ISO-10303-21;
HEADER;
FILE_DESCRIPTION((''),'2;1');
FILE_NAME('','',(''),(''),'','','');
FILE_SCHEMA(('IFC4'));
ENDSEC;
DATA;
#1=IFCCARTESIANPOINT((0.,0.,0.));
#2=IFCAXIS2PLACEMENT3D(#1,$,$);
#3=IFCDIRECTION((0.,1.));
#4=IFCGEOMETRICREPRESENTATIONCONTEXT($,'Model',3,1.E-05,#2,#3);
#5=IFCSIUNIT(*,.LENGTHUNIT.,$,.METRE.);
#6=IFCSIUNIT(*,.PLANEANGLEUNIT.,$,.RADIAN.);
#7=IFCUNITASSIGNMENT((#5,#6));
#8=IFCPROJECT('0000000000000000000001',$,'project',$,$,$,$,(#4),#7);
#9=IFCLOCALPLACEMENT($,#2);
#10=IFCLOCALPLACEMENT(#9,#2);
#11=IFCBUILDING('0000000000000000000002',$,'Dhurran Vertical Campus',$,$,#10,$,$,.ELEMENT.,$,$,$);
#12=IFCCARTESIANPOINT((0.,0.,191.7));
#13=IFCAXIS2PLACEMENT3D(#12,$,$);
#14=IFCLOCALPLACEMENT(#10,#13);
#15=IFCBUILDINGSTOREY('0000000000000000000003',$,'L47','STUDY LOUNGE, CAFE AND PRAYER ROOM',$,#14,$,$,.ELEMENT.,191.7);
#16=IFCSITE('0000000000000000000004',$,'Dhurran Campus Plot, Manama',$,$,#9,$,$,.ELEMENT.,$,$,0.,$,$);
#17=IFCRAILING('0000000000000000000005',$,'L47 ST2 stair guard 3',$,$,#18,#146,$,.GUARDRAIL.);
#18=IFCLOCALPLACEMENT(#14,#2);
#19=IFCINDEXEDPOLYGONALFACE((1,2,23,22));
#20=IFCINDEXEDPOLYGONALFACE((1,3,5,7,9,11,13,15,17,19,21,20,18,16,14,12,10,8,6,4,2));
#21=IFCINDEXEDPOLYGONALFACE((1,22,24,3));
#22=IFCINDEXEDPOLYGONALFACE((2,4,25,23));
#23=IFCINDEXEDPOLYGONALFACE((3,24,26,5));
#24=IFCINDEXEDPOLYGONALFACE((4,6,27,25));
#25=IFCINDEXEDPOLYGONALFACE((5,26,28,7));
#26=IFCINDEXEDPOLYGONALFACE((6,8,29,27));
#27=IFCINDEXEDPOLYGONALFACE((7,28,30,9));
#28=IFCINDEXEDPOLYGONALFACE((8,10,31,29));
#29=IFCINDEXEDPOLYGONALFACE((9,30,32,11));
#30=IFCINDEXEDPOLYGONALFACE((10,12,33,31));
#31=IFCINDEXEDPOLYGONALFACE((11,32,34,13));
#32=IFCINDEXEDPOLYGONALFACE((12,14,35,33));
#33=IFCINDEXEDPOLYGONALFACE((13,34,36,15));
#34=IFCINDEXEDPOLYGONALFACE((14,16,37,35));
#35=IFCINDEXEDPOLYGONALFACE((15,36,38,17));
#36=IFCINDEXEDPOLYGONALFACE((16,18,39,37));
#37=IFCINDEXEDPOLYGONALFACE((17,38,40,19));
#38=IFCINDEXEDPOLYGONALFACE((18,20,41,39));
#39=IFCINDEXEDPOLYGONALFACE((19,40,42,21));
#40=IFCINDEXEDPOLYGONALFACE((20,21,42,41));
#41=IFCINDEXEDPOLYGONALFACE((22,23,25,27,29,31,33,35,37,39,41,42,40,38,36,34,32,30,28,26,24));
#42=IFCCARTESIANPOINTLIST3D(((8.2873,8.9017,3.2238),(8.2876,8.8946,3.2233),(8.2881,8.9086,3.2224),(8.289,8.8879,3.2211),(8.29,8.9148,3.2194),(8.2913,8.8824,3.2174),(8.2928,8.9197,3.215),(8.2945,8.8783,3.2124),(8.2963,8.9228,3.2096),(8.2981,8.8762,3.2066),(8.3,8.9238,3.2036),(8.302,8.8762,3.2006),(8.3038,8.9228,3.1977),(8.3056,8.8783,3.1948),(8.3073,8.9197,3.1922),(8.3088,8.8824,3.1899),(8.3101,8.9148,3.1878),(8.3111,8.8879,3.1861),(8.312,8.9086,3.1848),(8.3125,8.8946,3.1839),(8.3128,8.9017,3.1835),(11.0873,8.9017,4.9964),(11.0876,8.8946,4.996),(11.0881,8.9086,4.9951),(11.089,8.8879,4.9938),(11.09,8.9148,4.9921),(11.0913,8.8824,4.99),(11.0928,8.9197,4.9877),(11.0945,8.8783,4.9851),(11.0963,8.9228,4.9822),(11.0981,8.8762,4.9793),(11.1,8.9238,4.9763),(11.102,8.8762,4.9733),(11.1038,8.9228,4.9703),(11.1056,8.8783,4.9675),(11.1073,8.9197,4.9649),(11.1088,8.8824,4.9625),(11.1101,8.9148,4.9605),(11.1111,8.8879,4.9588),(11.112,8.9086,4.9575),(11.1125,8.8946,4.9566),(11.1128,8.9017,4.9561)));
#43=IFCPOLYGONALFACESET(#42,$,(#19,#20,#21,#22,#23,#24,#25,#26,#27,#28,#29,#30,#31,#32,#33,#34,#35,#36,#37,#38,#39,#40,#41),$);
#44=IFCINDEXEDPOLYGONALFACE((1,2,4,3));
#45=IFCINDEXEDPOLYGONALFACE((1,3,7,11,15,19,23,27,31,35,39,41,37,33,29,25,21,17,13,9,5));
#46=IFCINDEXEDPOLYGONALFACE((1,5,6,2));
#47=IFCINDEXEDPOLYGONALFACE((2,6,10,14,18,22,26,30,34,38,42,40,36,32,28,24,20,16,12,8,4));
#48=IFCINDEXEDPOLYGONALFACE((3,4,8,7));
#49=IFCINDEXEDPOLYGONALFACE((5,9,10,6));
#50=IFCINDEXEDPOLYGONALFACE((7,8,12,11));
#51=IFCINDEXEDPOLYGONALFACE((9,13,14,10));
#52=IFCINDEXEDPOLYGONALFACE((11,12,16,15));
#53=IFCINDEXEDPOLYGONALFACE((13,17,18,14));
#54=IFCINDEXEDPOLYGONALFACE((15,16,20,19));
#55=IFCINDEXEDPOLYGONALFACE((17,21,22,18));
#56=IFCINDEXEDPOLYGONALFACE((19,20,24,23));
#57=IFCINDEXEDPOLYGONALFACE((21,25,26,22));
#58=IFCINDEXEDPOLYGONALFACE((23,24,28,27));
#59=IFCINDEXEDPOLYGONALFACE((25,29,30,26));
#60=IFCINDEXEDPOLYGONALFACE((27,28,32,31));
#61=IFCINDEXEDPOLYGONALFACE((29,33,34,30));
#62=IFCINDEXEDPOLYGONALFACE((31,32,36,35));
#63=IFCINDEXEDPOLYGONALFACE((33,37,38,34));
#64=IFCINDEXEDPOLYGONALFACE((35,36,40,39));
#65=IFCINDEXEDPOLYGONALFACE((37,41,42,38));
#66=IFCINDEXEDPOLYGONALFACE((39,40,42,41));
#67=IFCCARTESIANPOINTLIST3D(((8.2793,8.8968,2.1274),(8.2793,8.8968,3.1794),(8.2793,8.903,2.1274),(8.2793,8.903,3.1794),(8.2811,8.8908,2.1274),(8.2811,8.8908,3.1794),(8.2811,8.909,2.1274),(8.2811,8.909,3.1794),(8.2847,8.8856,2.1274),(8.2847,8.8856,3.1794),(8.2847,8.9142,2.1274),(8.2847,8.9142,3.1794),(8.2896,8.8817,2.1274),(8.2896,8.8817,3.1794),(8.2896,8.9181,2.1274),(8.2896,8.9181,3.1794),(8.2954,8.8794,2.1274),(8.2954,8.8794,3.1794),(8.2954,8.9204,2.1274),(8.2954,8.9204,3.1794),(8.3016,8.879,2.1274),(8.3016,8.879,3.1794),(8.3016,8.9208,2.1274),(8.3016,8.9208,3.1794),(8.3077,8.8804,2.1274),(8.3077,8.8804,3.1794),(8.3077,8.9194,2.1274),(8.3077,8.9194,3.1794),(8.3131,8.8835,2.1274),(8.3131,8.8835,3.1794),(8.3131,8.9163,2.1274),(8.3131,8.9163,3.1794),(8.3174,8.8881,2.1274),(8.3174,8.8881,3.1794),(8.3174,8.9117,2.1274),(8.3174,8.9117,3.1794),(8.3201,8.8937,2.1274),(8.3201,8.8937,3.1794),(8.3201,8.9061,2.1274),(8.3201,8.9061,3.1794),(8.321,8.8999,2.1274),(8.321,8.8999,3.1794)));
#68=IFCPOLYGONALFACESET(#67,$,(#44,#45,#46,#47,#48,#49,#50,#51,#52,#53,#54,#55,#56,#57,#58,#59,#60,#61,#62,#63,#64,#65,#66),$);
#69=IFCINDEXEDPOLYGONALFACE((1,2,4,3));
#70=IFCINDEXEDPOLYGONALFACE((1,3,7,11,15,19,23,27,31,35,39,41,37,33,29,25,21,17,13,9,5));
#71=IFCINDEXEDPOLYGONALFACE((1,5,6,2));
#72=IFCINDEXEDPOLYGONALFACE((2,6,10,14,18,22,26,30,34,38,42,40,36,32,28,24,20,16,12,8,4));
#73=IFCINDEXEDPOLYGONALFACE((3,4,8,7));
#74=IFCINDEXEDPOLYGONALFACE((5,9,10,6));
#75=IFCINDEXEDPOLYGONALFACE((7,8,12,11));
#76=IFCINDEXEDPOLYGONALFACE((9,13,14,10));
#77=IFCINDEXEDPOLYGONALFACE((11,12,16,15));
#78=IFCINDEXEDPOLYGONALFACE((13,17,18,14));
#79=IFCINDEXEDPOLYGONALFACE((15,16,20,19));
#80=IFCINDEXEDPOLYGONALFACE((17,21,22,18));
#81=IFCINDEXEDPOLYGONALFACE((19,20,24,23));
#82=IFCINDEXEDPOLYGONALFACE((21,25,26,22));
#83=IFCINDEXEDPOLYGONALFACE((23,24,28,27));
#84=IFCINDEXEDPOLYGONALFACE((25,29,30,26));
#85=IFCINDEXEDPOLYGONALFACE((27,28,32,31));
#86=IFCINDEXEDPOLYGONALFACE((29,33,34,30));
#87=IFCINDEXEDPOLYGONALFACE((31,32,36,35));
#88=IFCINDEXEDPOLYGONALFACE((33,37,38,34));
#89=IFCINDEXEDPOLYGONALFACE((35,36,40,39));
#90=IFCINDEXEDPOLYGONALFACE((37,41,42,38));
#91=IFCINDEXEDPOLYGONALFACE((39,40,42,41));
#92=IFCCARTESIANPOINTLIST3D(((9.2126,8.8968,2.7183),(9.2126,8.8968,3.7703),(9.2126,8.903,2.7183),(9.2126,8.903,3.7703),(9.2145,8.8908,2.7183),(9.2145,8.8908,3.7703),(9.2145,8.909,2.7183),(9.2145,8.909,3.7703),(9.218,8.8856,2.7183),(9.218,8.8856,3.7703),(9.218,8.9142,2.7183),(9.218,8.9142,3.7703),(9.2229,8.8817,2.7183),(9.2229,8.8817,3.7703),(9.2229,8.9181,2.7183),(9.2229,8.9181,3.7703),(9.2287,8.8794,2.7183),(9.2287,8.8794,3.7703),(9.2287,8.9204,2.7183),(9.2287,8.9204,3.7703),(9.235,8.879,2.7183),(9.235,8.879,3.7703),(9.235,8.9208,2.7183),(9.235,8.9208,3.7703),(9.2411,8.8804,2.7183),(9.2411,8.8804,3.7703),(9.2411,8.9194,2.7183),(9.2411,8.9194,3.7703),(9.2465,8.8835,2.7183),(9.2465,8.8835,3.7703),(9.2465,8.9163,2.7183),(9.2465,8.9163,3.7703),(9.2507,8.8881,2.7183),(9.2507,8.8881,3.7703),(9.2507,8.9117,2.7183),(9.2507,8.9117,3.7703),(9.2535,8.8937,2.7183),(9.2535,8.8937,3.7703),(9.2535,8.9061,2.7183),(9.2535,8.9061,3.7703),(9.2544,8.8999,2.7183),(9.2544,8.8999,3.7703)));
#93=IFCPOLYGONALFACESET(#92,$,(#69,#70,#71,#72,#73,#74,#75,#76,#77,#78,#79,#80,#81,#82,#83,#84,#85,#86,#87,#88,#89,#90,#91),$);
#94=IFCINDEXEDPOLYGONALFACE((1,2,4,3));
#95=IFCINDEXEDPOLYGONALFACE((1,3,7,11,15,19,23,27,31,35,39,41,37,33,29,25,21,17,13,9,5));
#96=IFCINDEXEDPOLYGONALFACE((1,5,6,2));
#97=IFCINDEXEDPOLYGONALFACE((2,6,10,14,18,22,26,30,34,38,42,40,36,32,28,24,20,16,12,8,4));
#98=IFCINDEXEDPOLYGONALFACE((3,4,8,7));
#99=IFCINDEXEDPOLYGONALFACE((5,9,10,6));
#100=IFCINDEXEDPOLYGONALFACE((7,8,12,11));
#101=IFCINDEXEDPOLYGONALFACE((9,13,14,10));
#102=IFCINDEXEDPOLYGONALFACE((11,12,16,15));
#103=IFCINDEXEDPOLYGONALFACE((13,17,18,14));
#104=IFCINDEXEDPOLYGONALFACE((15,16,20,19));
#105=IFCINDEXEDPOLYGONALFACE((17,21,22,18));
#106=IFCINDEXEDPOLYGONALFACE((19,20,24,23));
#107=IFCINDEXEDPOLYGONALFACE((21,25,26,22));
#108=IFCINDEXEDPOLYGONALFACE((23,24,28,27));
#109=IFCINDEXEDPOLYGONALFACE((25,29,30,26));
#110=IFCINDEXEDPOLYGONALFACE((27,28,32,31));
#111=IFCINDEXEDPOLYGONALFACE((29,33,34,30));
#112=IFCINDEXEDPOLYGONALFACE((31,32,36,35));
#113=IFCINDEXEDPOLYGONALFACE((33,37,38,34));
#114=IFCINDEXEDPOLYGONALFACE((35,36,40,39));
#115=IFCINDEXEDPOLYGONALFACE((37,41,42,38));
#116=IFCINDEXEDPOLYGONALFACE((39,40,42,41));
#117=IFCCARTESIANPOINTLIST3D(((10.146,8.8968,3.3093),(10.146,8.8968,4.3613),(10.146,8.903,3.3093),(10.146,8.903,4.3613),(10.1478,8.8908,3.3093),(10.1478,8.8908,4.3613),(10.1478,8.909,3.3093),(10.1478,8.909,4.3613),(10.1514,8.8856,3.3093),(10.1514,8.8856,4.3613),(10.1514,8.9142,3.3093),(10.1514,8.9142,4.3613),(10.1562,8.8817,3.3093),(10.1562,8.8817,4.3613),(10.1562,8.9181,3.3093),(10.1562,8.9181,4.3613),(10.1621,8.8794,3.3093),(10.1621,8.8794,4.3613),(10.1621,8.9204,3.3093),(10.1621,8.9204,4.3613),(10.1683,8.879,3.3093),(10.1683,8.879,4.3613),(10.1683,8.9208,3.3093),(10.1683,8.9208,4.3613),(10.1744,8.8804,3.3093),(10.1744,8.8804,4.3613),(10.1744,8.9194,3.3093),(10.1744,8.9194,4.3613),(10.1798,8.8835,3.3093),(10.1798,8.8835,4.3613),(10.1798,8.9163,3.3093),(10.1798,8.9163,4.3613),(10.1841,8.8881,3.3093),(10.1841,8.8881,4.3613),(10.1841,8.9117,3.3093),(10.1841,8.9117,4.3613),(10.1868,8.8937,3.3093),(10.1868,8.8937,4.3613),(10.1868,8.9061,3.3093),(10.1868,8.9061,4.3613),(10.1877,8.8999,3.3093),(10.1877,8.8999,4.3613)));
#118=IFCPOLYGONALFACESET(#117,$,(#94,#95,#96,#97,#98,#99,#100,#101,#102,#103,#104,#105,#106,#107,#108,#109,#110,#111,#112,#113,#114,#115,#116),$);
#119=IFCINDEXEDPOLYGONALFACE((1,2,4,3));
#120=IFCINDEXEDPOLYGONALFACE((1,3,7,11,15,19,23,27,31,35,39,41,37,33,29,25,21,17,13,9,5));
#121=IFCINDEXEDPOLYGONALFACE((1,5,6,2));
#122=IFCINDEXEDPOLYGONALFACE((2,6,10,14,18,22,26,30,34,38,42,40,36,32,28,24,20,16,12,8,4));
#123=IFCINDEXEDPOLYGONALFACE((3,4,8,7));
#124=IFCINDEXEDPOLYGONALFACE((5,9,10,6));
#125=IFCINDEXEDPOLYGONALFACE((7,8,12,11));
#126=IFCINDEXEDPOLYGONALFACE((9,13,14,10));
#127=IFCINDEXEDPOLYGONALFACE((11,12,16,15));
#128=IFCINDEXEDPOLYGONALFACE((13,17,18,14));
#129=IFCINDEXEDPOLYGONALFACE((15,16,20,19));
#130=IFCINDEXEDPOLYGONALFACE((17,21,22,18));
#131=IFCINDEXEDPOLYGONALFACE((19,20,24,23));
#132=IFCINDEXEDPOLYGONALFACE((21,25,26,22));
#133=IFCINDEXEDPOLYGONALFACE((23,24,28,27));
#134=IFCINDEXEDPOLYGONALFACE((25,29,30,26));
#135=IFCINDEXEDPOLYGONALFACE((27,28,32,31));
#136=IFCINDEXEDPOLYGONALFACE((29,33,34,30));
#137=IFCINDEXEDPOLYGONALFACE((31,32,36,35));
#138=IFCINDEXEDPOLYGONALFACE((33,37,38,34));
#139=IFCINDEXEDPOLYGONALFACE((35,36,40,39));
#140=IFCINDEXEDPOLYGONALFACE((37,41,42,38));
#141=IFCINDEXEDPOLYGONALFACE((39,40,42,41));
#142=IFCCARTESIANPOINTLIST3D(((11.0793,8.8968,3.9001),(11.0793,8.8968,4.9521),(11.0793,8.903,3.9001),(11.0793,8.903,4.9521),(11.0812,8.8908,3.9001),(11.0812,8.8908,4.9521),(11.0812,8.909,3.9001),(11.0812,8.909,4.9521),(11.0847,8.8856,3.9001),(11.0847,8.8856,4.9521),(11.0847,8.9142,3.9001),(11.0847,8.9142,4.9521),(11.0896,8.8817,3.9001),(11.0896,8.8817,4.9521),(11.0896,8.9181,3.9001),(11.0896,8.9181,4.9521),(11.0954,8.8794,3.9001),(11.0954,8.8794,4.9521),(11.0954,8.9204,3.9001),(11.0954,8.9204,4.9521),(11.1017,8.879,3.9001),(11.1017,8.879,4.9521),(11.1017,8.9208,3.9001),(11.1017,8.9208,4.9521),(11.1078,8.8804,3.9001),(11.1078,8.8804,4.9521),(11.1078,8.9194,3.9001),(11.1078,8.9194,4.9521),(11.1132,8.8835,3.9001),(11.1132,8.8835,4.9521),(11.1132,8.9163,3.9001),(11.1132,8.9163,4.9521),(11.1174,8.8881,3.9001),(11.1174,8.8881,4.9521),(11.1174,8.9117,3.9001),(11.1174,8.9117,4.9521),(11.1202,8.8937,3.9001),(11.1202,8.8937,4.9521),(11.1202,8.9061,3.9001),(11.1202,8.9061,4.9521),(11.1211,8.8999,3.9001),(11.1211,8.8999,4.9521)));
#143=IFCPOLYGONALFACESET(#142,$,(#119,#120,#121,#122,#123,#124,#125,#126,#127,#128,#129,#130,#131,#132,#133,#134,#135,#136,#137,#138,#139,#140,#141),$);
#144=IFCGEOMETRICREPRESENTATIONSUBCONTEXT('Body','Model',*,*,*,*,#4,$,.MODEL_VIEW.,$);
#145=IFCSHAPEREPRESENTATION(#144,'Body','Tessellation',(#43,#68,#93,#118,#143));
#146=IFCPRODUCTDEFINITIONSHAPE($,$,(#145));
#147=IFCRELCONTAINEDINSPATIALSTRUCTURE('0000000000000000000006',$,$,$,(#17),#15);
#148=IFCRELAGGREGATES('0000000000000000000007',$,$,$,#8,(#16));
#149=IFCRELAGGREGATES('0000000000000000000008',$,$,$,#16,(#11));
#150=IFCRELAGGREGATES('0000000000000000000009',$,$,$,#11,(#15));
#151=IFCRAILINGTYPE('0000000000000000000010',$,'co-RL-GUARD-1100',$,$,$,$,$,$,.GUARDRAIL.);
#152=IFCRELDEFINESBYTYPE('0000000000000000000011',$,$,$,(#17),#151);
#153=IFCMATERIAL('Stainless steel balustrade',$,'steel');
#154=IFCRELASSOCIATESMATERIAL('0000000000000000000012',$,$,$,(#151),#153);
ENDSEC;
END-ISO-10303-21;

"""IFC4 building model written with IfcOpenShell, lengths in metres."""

from ifc_helpers import new_model, si_unit, direction, frame, origin, origin_2d, place, context, subcontext, project, spatial, circle, extrude, material, type_object, element, save


model = new_model("IFC4")

# Units and contexts
model_context = context("Model", 3, precision=1e-05, world=origin(), true_north=direction((0.0, 1.0)))
body_context = subcontext(model_context, "Body", "Model", "MODEL_VIEW")
ifc_project = project(units=[si_unit("LENGTHUNIT", "METRE"), si_unit("PLANEANGLEUNIT", "RADIAN")], contexts=[model_context])

# Site, building, storey
site_placement = place(None, origin())
site = spatial("IfcSite", under=ifc_project, at=site_placement, Name="Dhurran Campus Plot, Manama", CompositionType="ELEMENT", RefElevation=0.0)
building_placement = place(site_placement, origin())
building = spatial("IfcBuilding", under=site, at=building_placement, Name="Dhurran Vertical Campus", CompositionType="ELEMENT")
storey_placement = place(building_placement, frame((0.0, 0.0, 191.7)))
storey = spatial("IfcBuildingStorey", under=building, at=storey_placement, Name="L47", Description="STUDY LOUNGE, CAFE AND PRAYER ROOM", CompositionType="ELEMENT", Elevation=191.7)

# Railing
ifc_material_1 = material(Name="Stainless steel balustrade", Category="steel")
railing_type_1 = type_object("IfcRailingType", Name="co-RL-GUARD-1100", PredefinedType="GUARDRAIL", material=ifc_material_1)
railing_1_placement = place(storey_placement, frame((8.3, 8.8999, 2.1274)))
element("IfcRailing", 1, at=railing_1_placement, inside=storey, type_object=railing_type_1, Name="L47 ST2 stair guard 3", PredefinedType="GUARDRAIL", context=body_context, shape_type="SweptSolid", body=[
    extrude(circle(Radius=0.0239, at=origin_2d()), frame((0.0, 0.0, 1.0762), z_axis=(0.844909, 0.0, 0.53491), x_axis=(0.0, 1.0, 0.0)), (0.0, 0.0, 1.0), 3.314),
    extrude(circle(Radius=0.021, at=origin_2d()), origin(), (0.0, 0.0, 1.0), 1.052),
    extrude(circle(Radius=0.021, at=origin_2d()), frame((0.9333, 0.0, 0.5908)), (0.0, 0.0, 1.0), 1.052),
    extrude(circle(Radius=0.021, at=origin_2d()), frame((1.8667, 0.0, 1.1819)), (0.0, 0.0, 1.0), 1.052),
    extrude(circle(Radius=0.021, at=origin_2d()), frame((2.8, 0.0, 1.7727)), (0.0, 0.0, 1.0), 1.052),
])

save(model, "model.ifc")
